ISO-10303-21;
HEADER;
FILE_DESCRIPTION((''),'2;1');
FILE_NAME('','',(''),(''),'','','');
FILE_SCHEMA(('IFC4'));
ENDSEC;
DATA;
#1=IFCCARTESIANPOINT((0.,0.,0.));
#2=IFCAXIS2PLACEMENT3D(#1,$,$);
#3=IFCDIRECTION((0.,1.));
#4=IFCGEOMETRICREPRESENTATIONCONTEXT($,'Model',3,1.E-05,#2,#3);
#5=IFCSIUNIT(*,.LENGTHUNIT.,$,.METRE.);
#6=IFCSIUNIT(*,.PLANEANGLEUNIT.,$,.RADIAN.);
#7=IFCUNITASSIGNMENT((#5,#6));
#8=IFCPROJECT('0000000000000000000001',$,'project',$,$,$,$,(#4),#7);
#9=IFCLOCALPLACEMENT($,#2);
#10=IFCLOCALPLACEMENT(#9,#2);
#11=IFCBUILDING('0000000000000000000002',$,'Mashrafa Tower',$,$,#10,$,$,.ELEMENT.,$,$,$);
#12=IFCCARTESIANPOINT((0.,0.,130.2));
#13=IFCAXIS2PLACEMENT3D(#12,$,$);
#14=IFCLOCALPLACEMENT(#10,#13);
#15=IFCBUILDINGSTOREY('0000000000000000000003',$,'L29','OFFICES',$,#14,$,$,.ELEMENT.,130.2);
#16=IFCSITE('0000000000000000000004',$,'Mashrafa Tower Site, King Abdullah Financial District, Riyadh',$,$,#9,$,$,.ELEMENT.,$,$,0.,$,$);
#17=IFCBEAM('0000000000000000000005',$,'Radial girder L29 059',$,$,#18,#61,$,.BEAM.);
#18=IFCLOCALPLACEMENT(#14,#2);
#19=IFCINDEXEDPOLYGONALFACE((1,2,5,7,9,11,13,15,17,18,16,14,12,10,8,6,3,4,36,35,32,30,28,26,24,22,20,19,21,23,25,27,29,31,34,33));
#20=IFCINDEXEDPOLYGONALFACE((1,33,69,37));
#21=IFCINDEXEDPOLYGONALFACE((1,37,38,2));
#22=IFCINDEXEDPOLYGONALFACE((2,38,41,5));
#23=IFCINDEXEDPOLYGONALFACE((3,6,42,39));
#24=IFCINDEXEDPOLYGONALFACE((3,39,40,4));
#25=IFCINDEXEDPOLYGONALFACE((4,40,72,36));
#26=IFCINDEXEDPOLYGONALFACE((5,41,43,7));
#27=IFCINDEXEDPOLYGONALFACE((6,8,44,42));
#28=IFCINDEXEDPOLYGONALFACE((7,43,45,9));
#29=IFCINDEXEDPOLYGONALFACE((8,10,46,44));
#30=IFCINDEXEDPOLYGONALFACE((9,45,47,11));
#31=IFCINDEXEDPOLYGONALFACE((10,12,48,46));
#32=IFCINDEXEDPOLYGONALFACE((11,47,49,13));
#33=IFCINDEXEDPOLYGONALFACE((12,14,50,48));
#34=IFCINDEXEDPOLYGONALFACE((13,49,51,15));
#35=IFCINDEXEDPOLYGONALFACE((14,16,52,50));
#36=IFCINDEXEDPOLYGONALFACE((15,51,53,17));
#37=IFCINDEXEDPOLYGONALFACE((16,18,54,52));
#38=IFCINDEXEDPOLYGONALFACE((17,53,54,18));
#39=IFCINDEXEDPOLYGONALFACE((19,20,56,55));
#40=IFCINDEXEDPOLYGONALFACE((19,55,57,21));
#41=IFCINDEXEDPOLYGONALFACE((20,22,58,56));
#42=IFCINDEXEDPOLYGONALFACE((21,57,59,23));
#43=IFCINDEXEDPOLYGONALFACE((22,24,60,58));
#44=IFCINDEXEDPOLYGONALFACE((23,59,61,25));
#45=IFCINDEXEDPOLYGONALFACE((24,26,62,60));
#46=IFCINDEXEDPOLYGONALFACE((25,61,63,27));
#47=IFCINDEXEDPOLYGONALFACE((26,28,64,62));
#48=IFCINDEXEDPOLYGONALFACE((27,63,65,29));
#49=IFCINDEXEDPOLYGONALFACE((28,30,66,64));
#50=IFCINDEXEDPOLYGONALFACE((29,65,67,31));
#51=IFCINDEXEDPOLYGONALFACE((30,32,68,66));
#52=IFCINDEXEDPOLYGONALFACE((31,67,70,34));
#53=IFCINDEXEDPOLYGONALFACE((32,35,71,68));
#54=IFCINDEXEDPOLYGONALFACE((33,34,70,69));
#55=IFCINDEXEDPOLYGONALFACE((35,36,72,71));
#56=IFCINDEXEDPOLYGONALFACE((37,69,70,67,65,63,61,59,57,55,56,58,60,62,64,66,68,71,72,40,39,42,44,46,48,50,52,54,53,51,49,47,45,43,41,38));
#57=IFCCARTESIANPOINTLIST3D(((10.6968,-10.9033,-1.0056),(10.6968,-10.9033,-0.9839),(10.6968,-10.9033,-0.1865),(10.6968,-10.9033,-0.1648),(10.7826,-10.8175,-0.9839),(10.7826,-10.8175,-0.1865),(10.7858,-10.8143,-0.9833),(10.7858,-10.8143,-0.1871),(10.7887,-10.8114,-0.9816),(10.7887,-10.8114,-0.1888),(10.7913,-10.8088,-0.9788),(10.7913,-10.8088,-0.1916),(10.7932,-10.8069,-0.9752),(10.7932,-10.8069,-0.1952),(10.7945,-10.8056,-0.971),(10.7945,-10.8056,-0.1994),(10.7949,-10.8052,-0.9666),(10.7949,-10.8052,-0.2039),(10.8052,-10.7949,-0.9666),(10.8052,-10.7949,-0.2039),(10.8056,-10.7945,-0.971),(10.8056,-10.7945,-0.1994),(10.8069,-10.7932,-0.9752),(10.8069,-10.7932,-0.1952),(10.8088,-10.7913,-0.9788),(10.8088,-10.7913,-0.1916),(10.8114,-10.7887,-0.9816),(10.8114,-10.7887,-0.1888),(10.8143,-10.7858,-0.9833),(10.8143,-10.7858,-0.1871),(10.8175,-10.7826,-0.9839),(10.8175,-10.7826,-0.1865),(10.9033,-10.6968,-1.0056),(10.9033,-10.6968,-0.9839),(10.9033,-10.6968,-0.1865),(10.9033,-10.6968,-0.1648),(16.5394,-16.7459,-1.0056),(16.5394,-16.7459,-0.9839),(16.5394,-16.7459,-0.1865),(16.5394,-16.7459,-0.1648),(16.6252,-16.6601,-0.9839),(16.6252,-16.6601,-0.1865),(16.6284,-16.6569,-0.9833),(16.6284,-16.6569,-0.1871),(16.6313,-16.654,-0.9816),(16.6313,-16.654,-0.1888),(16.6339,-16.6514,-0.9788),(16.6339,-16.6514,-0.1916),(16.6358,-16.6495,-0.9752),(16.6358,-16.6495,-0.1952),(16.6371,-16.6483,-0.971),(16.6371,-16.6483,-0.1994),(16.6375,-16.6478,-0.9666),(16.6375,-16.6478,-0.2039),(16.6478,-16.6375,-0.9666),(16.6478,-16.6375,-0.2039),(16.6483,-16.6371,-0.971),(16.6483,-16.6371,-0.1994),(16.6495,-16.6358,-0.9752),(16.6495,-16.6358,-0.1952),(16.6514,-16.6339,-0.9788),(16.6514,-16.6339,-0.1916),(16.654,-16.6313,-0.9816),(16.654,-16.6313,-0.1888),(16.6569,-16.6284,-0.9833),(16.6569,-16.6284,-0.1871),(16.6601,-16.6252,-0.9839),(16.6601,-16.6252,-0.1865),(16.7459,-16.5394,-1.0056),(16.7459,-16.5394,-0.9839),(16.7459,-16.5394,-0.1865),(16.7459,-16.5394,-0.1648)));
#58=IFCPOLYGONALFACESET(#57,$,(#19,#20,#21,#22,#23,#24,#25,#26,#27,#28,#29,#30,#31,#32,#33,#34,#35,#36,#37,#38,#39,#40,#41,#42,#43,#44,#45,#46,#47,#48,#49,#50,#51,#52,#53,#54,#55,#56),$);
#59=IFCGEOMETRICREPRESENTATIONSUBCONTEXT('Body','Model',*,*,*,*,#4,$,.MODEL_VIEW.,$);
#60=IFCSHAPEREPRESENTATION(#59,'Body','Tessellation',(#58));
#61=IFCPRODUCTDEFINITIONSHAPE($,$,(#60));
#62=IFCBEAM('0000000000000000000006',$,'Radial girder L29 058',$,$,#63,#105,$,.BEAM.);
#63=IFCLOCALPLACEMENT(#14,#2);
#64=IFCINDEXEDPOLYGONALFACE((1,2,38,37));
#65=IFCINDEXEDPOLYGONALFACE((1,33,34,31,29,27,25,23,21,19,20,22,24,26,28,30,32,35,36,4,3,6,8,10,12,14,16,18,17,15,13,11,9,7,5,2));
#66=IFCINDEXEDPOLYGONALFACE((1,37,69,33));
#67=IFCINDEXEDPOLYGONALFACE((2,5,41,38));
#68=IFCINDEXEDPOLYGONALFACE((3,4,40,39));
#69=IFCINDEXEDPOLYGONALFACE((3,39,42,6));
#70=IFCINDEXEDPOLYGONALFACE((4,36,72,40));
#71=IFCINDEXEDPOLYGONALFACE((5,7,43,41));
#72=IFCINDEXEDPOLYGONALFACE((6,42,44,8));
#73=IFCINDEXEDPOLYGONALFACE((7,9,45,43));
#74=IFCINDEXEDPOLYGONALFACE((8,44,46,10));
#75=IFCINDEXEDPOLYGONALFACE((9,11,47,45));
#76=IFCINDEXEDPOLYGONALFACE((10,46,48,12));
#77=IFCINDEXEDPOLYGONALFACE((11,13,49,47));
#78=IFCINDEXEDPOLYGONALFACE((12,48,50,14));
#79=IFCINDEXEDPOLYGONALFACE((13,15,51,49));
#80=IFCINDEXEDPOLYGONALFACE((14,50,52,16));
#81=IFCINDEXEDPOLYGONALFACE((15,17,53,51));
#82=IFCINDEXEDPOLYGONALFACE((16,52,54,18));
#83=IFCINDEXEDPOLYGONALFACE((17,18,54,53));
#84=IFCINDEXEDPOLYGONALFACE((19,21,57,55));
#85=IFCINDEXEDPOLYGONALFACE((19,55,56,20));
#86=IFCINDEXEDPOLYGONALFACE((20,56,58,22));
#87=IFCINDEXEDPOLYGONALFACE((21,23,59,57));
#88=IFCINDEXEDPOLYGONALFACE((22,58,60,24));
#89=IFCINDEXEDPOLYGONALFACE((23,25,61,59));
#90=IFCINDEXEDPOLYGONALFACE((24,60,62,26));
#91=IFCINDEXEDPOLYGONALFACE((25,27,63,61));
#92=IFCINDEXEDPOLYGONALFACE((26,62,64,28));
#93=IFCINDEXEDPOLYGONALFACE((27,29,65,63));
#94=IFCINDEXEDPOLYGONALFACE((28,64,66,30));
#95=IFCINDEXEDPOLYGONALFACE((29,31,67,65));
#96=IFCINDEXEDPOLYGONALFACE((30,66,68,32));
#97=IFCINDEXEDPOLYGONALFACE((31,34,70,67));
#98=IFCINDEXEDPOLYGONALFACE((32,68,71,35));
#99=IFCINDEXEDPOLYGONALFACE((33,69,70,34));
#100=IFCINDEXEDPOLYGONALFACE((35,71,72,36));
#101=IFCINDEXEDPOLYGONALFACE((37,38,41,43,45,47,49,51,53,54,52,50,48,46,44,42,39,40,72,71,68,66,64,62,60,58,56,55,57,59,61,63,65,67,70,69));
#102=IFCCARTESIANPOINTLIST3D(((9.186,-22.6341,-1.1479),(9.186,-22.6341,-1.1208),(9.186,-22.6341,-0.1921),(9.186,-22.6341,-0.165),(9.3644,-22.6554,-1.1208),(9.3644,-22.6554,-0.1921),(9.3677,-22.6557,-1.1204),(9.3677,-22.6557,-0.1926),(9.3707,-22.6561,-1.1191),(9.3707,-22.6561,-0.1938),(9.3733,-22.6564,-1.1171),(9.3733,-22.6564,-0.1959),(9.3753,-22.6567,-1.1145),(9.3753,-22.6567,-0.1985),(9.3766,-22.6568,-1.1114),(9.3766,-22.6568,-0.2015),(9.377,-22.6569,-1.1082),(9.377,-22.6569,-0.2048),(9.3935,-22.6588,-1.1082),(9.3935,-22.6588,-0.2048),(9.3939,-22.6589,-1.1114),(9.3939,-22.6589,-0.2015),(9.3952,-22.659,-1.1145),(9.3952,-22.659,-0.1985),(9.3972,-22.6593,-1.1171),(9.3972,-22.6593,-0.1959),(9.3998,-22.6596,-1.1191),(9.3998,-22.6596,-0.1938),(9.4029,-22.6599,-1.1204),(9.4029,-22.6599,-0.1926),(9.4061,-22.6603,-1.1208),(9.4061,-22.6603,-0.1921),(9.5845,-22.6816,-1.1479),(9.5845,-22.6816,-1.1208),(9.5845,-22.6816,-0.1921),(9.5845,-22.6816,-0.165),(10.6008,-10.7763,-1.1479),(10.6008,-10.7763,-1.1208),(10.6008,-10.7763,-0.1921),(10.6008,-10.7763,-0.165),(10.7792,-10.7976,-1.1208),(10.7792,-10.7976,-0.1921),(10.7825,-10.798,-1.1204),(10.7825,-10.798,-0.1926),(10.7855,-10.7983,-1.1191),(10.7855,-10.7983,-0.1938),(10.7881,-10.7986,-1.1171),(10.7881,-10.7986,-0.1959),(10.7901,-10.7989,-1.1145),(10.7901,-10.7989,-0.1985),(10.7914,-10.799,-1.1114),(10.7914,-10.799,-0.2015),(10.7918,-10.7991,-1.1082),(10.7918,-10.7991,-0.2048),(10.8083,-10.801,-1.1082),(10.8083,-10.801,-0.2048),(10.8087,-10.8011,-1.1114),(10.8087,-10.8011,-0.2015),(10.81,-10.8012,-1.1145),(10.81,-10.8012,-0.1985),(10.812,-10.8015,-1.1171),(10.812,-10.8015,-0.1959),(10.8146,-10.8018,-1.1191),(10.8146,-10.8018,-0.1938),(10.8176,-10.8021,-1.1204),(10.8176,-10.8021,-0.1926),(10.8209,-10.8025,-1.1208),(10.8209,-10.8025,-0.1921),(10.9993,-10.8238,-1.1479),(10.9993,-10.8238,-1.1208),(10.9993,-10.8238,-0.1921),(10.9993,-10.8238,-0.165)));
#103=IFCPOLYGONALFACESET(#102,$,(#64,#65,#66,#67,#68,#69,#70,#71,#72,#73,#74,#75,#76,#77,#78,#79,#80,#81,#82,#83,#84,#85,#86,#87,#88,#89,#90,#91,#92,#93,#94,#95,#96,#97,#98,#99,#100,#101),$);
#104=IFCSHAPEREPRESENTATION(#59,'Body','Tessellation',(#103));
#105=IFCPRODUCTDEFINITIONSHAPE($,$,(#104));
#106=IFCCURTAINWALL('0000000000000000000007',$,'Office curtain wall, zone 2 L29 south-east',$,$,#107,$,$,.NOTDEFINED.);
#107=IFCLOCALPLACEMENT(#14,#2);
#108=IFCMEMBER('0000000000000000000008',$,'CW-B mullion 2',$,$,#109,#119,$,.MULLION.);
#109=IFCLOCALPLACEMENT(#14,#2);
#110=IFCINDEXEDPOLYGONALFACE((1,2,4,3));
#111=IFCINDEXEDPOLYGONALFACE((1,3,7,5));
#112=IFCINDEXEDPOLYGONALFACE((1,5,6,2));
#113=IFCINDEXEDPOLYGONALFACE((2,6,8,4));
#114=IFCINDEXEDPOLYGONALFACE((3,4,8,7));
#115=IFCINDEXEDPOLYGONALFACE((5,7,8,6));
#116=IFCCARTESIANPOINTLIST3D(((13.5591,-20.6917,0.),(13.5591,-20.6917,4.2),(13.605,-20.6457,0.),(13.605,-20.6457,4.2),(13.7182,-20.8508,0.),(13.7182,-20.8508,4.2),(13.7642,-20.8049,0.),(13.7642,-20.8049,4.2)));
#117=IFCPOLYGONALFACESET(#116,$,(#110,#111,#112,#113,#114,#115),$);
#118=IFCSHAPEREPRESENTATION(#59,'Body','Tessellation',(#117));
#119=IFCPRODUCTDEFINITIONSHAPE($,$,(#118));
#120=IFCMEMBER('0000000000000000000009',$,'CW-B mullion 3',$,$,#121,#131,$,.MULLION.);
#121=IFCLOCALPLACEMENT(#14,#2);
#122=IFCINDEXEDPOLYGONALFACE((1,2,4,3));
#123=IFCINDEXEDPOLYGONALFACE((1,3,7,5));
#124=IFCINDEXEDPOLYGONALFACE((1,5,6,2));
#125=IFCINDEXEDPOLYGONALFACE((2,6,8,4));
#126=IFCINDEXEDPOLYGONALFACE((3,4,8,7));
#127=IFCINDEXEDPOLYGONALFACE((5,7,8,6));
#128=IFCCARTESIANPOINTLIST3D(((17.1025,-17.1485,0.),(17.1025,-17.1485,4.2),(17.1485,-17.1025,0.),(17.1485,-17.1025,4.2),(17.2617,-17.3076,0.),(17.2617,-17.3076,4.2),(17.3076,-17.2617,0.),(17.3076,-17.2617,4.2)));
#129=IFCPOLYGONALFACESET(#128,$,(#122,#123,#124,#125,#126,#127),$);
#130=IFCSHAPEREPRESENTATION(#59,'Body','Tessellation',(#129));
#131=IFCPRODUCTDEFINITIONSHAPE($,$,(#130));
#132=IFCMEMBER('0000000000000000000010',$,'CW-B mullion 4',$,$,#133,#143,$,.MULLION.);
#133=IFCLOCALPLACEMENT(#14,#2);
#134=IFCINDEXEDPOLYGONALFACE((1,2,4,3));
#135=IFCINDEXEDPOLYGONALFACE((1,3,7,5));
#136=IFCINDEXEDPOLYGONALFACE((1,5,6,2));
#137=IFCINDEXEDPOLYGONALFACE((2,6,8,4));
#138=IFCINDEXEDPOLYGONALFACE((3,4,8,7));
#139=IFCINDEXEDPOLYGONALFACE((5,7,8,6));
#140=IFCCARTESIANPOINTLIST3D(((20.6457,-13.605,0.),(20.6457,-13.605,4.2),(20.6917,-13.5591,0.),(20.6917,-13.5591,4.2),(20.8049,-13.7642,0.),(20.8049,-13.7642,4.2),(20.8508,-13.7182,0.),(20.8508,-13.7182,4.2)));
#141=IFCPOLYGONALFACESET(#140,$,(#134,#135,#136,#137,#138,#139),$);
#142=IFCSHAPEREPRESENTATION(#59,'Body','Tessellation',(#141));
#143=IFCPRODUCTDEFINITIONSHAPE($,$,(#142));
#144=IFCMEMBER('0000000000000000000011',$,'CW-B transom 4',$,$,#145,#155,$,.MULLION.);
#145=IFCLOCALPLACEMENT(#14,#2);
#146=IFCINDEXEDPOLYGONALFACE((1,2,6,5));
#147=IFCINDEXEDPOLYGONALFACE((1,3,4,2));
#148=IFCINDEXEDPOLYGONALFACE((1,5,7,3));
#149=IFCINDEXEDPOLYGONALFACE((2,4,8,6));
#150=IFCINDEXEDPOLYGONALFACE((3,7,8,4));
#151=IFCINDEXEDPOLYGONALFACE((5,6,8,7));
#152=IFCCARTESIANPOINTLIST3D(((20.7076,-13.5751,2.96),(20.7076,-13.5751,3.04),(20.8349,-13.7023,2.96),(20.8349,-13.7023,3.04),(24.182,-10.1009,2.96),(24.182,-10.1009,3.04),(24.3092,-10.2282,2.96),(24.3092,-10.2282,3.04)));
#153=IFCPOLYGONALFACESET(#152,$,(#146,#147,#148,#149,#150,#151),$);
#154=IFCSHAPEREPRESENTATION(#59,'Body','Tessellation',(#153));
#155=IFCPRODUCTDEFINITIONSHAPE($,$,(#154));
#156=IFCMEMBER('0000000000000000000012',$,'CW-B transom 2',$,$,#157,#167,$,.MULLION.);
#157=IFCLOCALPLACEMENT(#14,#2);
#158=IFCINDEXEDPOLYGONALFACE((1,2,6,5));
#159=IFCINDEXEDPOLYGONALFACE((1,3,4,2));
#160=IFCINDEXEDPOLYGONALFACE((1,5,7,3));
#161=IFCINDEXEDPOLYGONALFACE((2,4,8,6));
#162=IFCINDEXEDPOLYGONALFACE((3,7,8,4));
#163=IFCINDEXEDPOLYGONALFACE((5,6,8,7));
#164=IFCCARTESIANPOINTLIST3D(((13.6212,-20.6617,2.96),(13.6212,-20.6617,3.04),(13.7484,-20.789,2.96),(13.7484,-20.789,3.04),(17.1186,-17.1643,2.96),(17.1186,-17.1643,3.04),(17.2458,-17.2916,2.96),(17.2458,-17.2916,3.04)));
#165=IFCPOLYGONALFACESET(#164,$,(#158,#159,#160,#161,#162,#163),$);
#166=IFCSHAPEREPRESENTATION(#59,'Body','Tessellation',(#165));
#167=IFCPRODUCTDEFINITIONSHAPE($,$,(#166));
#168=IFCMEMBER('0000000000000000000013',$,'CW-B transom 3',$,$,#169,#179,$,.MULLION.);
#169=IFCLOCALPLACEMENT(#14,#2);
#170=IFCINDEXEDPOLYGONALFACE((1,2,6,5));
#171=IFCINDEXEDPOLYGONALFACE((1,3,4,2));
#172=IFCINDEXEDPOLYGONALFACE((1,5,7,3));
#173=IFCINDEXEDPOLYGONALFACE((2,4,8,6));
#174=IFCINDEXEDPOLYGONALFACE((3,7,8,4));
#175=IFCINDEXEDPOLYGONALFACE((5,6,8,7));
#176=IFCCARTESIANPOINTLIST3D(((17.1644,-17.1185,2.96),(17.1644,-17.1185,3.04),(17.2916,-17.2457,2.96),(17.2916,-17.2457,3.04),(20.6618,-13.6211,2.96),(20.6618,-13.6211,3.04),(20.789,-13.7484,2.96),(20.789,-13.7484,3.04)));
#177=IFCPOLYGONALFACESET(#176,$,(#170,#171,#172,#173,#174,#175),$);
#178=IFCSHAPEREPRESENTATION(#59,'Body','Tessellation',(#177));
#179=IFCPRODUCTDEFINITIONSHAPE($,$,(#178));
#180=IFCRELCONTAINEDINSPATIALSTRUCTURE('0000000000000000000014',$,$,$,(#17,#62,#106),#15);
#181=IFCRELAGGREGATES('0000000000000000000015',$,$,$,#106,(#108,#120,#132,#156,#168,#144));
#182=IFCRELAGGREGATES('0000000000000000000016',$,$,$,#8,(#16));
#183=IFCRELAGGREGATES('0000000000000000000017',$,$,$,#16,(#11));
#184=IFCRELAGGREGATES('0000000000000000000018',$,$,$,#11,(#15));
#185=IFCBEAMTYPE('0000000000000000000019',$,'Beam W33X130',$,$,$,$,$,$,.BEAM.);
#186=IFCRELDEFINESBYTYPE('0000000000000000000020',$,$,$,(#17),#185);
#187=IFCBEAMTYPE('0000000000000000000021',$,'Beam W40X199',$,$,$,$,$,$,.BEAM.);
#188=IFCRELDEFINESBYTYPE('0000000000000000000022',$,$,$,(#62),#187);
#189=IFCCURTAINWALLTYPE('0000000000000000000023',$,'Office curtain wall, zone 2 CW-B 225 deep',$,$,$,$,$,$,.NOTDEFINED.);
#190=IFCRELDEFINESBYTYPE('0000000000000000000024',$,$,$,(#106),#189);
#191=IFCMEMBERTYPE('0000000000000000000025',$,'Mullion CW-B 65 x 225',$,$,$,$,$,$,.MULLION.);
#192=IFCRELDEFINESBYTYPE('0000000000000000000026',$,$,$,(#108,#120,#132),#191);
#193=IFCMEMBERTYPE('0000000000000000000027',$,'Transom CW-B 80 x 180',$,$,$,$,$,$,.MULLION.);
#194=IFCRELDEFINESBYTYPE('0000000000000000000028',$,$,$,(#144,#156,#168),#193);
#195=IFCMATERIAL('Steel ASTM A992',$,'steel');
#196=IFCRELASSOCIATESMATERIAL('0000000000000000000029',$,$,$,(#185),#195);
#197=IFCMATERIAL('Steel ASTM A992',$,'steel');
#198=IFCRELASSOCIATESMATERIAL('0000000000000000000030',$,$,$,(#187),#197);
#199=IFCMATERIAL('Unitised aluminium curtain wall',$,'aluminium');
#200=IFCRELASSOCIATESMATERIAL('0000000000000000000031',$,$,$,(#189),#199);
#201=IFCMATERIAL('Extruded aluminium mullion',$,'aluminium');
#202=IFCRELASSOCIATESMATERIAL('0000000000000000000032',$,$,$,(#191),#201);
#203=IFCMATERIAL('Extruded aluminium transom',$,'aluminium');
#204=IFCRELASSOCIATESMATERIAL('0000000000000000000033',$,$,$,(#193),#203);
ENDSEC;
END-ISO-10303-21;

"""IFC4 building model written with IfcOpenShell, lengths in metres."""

from ifc_helpers import new_model, si_unit, direction, frame, origin, origin_2d, place, context, subcontext, project, spatial, rectangle, i_section, extrude, source, transform, mapped, material, material_profile, profile_set, type_object, type_shapes, element, aggregate, save


model = new_model("IFC4")

# Units and contexts
model_context = context("Model", 3, precision=1e-05, world=origin(), true_north=direction((0.0, 1.0)))
body_context = subcontext(model_context, "Body", "Model", "MODEL_VIEW")
ifc_project = project(units=[si_unit("LENGTHUNIT", "METRE"), si_unit("PLANEANGLEUNIT", "RADIAN")], contexts=[model_context])

# Site, building, storey
site_placement = place(None, origin())
site = spatial("IfcSite", under=ifc_project, at=site_placement, Name="Mashrafa Tower Site, King Abdullah Financial District, Riyadh", CompositionType="ELEMENT", RefElevation=0.0)
building_placement = place(site_placement, origin())
building = spatial("IfcBuilding", under=site, at=building_placement, Name="Mashrafa Tower", CompositionType="ELEMENT")
storey_placement = place(building_placement, frame((0.0, 0.0, 130.2)))
storey = spatial("IfcBuildingStorey", under=building, at=storey_placement, Name="L29", Description="OFFICES", CompositionType="ELEMENT", Elevation=130.2)

# Beams
ifc_material_1 = material(Name="Steel ASTM A992", Category="steel")
ifc_material_profile_1 = material_profile(ifc_material_1, i_section(OverallWidth=0.292, OverallDepth=0.8408, WebThickness=0.0146, FlangeThickness=0.0217, FilletRadius=0.0173, at=origin_2d()), Name="W33X130")
ifc_profile_set_1 = profile_set([ifc_material_profile_1], Name="Steel ASTM A992")
beam_type_1 = type_object("IfcBeamType", Name="Beam W33X130", PredefinedType="BEAM", material=ifc_profile_set_1)
beam_1_placement = place(storey_placement, frame((10.8, -10.8, -0.5852), z_axis=(0.707107, -0.707107, 0.0), x_axis=(0.707107, 0.707107, 0.0)))
element("IfcBeam", 1, at=beam_1_placement, inside=storey, type_object=beam_type_1, Name="Radial girder L29 059", PredefinedType="BEAM", context=body_context, shape_type="SweptSolid", body=[
    extrude(i_section(OverallWidth=0.292, OverallDepth=0.8408, WebThickness=0.0146, FlangeThickness=0.0217, FilletRadius=0.0173, at=origin_2d()), origin(), (0.0, 0.0, 1.0), 8.2627),
])
ifc_material_2 = material(Name="Steel ASTM A992", Category="steel")
ifc_material_profile_2 = material_profile(ifc_material_2, i_section(OverallWidth=0.4014, OverallDepth=0.9829, WebThickness=0.0166, FlangeThickness=0.0271, FilletRadius=0.0127, at=origin_2d()), Name="W40X199")
ifc_profile_set_2 = profile_set([ifc_material_profile_2], Name="Steel ASTM A992")
beam_type_2 = type_object("IfcBeamType", Name="Beam W40X199", PredefinedType="BEAM", material=ifc_profile_set_2)
beam_2_placement = place(storey_placement, frame((10.8, -10.8, -0.6565), z_axis=(-0.118472, -0.992957, 0.0), x_axis=(0.992957, -0.118472, 0.0)))
element("IfcBeam", 2, at=beam_2_placement, inside=storey, type_object=beam_type_2, Name="Radial girder L29 058", PredefinedType="BEAM", context=body_context, shape_type="SweptSolid", body=[
    extrude(i_section(OverallWidth=0.4014, OverallDepth=0.9829, WebThickness=0.0166, FlangeThickness=0.0271, FilletRadius=0.0127, at=origin_2d()), origin(), (0.0, 0.0, 1.0), 11.9419),
])

# Curtain wall, members
ifc_material_3 = material(Name="Unitised aluminium curtain wall", Category="aluminium")
curtain_wall_type = type_object("IfcCurtainWallType", Name="Office curtain wall, zone 2 CW-B 225 deep", PredefinedType="NOTDEFINED", material=ifc_material_3)
curtain_wall_placement = place(storey_placement, origin())
curtain_wall = element("IfcCurtainWall", 3, at=curtain_wall_placement, inside=storey, type_object=curtain_wall_type, Name="Office curtain wall, zone 2 L29 south-east", PredefinedType="NOTDEFINED")
ifc_material_4 = material(Name="Extruded aluminium mullion", Category="aluminium")
ifc_material_profile_3 = material_profile(ifc_material_4, rectangle(XDim=0.2251, YDim=0.0649, at=origin_2d()), Name="Mullion 65x225")
ifc_profile_set_3 = profile_set([ifc_material_profile_3], Name="Extruded aluminium mullion")
member_type_1 = type_object("IfcMemberType", Name="Mullion CW-B 65 x 225", PredefinedType="MULLION", material=ifc_profile_set_3)
shared_shape_1 = source(origin(), body_context, "Body", "SweptSolid", [
    extrude(rectangle(XDim=0.2251, YDim=0.0649, at=origin_2d()), origin(), (0.0, 0.0, 1.0), 4.2),
])
type_shapes(member_type_1, [shared_shape_1])
member_1_placement = place(storey_placement, frame((13.6616, -20.7483, 0.0), z_axis=(0.0, 0.0, 1.0), x_axis=(-0.707107, 0.707107, 0.0)))
member_1 = element("IfcMember", 4, at=member_1_placement, type_object=member_type_1, Name="CW-B mullion 2", PredefinedType="MULLION", context=body_context, shape_type="MappedRepresentation", body=[
    mapped(shared_shape_1, transform((0.0, 0.0, 0.0))),
])
member_2_placement = place(storey_placement, frame((17.2051, -17.2051, 0.0), z_axis=(0.0, 0.0, 1.0), x_axis=(-0.707107, 0.707107, 0.0)))
member_2 = element("IfcMember", 5, at=member_2_placement, type_object=member_type_1, Name="CW-B mullion 3", PredefinedType="MULLION", context=body_context, shape_type="MappedRepresentation", body=[
    mapped(shared_shape_1, transform((0.0, 0.0, 0.0))),
])
member_3_placement = place(storey_placement, frame((20.7483, -13.6616, 0.0), z_axis=(0.0, 0.0, 1.0), x_axis=(-0.707107, 0.707107, 0.0)))
member_3 = element("IfcMember", 6, at=member_3_placement, type_object=member_type_1, Name="CW-B mullion 4", PredefinedType="MULLION", context=body_context, shape_type="MappedRepresentation", body=[
    mapped(shared_shape_1, transform((0.0, 0.0, 0.0))),
])
ifc_material_5 = material(Name="Extruded aluminium transom", Category="aluminium")
ifc_material_profile_4 = material_profile(ifc_material_5, rectangle(XDim=0.1799, YDim=0.0801, at=origin_2d()), Name="Transom 80x180")
ifc_profile_set_4 = profile_set([ifc_material_profile_4], Name="Extruded aluminium transom")
member_type_2 = type_object("IfcMemberType", Name="Transom CW-B 80 x 180", PredefinedType="MULLION", material=ifc_profile_set_4)
shared_shape_2 = source(origin(), body_context, "Body", "SweptSolid", [
    extrude(rectangle(XDim=0.1799, YDim=0.0801, at=origin_2d()), origin(), (0.0, 0.0, 1.0), 4.9133),
])
member_4_placement = place(storey_placement, frame((20.7712, -13.6387, 3.0), z_axis=(0.707132, 0.707082, 0.0), x_axis=(-0.707082, 0.707132, 0.0)))
member_4 = element("IfcMember", 7, at=member_4_placement, type_object=member_type_2, Name="CW-B transom 4", PredefinedType="MULLION", context=body_context, shape_type="MappedRepresentation", body=[
    mapped(shared_shape_2, transform((0.0, 0.0, 0.0))),
])
shared_shape_3 = source(origin(), body_context, "Body", "SweptSolid", [
    extrude(rectangle(XDim=0.1799, YDim=0.0801, at=origin_2d()), origin(), (0.0, 0.0, 1.0), 4.946),
])
type_shapes(member_type_2, [shared_shape_2, shared_shape_3])
member_5_placement = place(storey_placement, frame((13.6848, -20.7253, 3.0), z_axis=(0.707107, 0.707107, 0.0), x_axis=(-0.707107, 0.707107, 0.0)))
member_5 = element("IfcMember", 8, at=member_5_placement, type_object=member_type_2, Name="CW-B transom 2", PredefinedType="MULLION", context=body_context, shape_type="MappedRepresentation", body=[
    mapped(shared_shape_3, transform((0.0, 0.0, 0.0))),
])
member_6_placement = place(storey_placement, frame((17.228, -17.1821, 3.0), z_axis=(0.707107, 0.707107, 0.0), x_axis=(-0.707107, 0.707107, 0.0)))
member_6 = element("IfcMember", 9, at=member_6_placement, type_object=member_type_2, Name="CW-B transom 3", PredefinedType="MULLION", context=body_context, shape_type="MappedRepresentation", body=[
    mapped(shared_shape_3, transform((0.0, 0.0, 0.0))),
])
aggregate(curtain_wall, [member_1, member_2, member_3, member_5, member_6, member_4])

save(model, "model.ifc")
